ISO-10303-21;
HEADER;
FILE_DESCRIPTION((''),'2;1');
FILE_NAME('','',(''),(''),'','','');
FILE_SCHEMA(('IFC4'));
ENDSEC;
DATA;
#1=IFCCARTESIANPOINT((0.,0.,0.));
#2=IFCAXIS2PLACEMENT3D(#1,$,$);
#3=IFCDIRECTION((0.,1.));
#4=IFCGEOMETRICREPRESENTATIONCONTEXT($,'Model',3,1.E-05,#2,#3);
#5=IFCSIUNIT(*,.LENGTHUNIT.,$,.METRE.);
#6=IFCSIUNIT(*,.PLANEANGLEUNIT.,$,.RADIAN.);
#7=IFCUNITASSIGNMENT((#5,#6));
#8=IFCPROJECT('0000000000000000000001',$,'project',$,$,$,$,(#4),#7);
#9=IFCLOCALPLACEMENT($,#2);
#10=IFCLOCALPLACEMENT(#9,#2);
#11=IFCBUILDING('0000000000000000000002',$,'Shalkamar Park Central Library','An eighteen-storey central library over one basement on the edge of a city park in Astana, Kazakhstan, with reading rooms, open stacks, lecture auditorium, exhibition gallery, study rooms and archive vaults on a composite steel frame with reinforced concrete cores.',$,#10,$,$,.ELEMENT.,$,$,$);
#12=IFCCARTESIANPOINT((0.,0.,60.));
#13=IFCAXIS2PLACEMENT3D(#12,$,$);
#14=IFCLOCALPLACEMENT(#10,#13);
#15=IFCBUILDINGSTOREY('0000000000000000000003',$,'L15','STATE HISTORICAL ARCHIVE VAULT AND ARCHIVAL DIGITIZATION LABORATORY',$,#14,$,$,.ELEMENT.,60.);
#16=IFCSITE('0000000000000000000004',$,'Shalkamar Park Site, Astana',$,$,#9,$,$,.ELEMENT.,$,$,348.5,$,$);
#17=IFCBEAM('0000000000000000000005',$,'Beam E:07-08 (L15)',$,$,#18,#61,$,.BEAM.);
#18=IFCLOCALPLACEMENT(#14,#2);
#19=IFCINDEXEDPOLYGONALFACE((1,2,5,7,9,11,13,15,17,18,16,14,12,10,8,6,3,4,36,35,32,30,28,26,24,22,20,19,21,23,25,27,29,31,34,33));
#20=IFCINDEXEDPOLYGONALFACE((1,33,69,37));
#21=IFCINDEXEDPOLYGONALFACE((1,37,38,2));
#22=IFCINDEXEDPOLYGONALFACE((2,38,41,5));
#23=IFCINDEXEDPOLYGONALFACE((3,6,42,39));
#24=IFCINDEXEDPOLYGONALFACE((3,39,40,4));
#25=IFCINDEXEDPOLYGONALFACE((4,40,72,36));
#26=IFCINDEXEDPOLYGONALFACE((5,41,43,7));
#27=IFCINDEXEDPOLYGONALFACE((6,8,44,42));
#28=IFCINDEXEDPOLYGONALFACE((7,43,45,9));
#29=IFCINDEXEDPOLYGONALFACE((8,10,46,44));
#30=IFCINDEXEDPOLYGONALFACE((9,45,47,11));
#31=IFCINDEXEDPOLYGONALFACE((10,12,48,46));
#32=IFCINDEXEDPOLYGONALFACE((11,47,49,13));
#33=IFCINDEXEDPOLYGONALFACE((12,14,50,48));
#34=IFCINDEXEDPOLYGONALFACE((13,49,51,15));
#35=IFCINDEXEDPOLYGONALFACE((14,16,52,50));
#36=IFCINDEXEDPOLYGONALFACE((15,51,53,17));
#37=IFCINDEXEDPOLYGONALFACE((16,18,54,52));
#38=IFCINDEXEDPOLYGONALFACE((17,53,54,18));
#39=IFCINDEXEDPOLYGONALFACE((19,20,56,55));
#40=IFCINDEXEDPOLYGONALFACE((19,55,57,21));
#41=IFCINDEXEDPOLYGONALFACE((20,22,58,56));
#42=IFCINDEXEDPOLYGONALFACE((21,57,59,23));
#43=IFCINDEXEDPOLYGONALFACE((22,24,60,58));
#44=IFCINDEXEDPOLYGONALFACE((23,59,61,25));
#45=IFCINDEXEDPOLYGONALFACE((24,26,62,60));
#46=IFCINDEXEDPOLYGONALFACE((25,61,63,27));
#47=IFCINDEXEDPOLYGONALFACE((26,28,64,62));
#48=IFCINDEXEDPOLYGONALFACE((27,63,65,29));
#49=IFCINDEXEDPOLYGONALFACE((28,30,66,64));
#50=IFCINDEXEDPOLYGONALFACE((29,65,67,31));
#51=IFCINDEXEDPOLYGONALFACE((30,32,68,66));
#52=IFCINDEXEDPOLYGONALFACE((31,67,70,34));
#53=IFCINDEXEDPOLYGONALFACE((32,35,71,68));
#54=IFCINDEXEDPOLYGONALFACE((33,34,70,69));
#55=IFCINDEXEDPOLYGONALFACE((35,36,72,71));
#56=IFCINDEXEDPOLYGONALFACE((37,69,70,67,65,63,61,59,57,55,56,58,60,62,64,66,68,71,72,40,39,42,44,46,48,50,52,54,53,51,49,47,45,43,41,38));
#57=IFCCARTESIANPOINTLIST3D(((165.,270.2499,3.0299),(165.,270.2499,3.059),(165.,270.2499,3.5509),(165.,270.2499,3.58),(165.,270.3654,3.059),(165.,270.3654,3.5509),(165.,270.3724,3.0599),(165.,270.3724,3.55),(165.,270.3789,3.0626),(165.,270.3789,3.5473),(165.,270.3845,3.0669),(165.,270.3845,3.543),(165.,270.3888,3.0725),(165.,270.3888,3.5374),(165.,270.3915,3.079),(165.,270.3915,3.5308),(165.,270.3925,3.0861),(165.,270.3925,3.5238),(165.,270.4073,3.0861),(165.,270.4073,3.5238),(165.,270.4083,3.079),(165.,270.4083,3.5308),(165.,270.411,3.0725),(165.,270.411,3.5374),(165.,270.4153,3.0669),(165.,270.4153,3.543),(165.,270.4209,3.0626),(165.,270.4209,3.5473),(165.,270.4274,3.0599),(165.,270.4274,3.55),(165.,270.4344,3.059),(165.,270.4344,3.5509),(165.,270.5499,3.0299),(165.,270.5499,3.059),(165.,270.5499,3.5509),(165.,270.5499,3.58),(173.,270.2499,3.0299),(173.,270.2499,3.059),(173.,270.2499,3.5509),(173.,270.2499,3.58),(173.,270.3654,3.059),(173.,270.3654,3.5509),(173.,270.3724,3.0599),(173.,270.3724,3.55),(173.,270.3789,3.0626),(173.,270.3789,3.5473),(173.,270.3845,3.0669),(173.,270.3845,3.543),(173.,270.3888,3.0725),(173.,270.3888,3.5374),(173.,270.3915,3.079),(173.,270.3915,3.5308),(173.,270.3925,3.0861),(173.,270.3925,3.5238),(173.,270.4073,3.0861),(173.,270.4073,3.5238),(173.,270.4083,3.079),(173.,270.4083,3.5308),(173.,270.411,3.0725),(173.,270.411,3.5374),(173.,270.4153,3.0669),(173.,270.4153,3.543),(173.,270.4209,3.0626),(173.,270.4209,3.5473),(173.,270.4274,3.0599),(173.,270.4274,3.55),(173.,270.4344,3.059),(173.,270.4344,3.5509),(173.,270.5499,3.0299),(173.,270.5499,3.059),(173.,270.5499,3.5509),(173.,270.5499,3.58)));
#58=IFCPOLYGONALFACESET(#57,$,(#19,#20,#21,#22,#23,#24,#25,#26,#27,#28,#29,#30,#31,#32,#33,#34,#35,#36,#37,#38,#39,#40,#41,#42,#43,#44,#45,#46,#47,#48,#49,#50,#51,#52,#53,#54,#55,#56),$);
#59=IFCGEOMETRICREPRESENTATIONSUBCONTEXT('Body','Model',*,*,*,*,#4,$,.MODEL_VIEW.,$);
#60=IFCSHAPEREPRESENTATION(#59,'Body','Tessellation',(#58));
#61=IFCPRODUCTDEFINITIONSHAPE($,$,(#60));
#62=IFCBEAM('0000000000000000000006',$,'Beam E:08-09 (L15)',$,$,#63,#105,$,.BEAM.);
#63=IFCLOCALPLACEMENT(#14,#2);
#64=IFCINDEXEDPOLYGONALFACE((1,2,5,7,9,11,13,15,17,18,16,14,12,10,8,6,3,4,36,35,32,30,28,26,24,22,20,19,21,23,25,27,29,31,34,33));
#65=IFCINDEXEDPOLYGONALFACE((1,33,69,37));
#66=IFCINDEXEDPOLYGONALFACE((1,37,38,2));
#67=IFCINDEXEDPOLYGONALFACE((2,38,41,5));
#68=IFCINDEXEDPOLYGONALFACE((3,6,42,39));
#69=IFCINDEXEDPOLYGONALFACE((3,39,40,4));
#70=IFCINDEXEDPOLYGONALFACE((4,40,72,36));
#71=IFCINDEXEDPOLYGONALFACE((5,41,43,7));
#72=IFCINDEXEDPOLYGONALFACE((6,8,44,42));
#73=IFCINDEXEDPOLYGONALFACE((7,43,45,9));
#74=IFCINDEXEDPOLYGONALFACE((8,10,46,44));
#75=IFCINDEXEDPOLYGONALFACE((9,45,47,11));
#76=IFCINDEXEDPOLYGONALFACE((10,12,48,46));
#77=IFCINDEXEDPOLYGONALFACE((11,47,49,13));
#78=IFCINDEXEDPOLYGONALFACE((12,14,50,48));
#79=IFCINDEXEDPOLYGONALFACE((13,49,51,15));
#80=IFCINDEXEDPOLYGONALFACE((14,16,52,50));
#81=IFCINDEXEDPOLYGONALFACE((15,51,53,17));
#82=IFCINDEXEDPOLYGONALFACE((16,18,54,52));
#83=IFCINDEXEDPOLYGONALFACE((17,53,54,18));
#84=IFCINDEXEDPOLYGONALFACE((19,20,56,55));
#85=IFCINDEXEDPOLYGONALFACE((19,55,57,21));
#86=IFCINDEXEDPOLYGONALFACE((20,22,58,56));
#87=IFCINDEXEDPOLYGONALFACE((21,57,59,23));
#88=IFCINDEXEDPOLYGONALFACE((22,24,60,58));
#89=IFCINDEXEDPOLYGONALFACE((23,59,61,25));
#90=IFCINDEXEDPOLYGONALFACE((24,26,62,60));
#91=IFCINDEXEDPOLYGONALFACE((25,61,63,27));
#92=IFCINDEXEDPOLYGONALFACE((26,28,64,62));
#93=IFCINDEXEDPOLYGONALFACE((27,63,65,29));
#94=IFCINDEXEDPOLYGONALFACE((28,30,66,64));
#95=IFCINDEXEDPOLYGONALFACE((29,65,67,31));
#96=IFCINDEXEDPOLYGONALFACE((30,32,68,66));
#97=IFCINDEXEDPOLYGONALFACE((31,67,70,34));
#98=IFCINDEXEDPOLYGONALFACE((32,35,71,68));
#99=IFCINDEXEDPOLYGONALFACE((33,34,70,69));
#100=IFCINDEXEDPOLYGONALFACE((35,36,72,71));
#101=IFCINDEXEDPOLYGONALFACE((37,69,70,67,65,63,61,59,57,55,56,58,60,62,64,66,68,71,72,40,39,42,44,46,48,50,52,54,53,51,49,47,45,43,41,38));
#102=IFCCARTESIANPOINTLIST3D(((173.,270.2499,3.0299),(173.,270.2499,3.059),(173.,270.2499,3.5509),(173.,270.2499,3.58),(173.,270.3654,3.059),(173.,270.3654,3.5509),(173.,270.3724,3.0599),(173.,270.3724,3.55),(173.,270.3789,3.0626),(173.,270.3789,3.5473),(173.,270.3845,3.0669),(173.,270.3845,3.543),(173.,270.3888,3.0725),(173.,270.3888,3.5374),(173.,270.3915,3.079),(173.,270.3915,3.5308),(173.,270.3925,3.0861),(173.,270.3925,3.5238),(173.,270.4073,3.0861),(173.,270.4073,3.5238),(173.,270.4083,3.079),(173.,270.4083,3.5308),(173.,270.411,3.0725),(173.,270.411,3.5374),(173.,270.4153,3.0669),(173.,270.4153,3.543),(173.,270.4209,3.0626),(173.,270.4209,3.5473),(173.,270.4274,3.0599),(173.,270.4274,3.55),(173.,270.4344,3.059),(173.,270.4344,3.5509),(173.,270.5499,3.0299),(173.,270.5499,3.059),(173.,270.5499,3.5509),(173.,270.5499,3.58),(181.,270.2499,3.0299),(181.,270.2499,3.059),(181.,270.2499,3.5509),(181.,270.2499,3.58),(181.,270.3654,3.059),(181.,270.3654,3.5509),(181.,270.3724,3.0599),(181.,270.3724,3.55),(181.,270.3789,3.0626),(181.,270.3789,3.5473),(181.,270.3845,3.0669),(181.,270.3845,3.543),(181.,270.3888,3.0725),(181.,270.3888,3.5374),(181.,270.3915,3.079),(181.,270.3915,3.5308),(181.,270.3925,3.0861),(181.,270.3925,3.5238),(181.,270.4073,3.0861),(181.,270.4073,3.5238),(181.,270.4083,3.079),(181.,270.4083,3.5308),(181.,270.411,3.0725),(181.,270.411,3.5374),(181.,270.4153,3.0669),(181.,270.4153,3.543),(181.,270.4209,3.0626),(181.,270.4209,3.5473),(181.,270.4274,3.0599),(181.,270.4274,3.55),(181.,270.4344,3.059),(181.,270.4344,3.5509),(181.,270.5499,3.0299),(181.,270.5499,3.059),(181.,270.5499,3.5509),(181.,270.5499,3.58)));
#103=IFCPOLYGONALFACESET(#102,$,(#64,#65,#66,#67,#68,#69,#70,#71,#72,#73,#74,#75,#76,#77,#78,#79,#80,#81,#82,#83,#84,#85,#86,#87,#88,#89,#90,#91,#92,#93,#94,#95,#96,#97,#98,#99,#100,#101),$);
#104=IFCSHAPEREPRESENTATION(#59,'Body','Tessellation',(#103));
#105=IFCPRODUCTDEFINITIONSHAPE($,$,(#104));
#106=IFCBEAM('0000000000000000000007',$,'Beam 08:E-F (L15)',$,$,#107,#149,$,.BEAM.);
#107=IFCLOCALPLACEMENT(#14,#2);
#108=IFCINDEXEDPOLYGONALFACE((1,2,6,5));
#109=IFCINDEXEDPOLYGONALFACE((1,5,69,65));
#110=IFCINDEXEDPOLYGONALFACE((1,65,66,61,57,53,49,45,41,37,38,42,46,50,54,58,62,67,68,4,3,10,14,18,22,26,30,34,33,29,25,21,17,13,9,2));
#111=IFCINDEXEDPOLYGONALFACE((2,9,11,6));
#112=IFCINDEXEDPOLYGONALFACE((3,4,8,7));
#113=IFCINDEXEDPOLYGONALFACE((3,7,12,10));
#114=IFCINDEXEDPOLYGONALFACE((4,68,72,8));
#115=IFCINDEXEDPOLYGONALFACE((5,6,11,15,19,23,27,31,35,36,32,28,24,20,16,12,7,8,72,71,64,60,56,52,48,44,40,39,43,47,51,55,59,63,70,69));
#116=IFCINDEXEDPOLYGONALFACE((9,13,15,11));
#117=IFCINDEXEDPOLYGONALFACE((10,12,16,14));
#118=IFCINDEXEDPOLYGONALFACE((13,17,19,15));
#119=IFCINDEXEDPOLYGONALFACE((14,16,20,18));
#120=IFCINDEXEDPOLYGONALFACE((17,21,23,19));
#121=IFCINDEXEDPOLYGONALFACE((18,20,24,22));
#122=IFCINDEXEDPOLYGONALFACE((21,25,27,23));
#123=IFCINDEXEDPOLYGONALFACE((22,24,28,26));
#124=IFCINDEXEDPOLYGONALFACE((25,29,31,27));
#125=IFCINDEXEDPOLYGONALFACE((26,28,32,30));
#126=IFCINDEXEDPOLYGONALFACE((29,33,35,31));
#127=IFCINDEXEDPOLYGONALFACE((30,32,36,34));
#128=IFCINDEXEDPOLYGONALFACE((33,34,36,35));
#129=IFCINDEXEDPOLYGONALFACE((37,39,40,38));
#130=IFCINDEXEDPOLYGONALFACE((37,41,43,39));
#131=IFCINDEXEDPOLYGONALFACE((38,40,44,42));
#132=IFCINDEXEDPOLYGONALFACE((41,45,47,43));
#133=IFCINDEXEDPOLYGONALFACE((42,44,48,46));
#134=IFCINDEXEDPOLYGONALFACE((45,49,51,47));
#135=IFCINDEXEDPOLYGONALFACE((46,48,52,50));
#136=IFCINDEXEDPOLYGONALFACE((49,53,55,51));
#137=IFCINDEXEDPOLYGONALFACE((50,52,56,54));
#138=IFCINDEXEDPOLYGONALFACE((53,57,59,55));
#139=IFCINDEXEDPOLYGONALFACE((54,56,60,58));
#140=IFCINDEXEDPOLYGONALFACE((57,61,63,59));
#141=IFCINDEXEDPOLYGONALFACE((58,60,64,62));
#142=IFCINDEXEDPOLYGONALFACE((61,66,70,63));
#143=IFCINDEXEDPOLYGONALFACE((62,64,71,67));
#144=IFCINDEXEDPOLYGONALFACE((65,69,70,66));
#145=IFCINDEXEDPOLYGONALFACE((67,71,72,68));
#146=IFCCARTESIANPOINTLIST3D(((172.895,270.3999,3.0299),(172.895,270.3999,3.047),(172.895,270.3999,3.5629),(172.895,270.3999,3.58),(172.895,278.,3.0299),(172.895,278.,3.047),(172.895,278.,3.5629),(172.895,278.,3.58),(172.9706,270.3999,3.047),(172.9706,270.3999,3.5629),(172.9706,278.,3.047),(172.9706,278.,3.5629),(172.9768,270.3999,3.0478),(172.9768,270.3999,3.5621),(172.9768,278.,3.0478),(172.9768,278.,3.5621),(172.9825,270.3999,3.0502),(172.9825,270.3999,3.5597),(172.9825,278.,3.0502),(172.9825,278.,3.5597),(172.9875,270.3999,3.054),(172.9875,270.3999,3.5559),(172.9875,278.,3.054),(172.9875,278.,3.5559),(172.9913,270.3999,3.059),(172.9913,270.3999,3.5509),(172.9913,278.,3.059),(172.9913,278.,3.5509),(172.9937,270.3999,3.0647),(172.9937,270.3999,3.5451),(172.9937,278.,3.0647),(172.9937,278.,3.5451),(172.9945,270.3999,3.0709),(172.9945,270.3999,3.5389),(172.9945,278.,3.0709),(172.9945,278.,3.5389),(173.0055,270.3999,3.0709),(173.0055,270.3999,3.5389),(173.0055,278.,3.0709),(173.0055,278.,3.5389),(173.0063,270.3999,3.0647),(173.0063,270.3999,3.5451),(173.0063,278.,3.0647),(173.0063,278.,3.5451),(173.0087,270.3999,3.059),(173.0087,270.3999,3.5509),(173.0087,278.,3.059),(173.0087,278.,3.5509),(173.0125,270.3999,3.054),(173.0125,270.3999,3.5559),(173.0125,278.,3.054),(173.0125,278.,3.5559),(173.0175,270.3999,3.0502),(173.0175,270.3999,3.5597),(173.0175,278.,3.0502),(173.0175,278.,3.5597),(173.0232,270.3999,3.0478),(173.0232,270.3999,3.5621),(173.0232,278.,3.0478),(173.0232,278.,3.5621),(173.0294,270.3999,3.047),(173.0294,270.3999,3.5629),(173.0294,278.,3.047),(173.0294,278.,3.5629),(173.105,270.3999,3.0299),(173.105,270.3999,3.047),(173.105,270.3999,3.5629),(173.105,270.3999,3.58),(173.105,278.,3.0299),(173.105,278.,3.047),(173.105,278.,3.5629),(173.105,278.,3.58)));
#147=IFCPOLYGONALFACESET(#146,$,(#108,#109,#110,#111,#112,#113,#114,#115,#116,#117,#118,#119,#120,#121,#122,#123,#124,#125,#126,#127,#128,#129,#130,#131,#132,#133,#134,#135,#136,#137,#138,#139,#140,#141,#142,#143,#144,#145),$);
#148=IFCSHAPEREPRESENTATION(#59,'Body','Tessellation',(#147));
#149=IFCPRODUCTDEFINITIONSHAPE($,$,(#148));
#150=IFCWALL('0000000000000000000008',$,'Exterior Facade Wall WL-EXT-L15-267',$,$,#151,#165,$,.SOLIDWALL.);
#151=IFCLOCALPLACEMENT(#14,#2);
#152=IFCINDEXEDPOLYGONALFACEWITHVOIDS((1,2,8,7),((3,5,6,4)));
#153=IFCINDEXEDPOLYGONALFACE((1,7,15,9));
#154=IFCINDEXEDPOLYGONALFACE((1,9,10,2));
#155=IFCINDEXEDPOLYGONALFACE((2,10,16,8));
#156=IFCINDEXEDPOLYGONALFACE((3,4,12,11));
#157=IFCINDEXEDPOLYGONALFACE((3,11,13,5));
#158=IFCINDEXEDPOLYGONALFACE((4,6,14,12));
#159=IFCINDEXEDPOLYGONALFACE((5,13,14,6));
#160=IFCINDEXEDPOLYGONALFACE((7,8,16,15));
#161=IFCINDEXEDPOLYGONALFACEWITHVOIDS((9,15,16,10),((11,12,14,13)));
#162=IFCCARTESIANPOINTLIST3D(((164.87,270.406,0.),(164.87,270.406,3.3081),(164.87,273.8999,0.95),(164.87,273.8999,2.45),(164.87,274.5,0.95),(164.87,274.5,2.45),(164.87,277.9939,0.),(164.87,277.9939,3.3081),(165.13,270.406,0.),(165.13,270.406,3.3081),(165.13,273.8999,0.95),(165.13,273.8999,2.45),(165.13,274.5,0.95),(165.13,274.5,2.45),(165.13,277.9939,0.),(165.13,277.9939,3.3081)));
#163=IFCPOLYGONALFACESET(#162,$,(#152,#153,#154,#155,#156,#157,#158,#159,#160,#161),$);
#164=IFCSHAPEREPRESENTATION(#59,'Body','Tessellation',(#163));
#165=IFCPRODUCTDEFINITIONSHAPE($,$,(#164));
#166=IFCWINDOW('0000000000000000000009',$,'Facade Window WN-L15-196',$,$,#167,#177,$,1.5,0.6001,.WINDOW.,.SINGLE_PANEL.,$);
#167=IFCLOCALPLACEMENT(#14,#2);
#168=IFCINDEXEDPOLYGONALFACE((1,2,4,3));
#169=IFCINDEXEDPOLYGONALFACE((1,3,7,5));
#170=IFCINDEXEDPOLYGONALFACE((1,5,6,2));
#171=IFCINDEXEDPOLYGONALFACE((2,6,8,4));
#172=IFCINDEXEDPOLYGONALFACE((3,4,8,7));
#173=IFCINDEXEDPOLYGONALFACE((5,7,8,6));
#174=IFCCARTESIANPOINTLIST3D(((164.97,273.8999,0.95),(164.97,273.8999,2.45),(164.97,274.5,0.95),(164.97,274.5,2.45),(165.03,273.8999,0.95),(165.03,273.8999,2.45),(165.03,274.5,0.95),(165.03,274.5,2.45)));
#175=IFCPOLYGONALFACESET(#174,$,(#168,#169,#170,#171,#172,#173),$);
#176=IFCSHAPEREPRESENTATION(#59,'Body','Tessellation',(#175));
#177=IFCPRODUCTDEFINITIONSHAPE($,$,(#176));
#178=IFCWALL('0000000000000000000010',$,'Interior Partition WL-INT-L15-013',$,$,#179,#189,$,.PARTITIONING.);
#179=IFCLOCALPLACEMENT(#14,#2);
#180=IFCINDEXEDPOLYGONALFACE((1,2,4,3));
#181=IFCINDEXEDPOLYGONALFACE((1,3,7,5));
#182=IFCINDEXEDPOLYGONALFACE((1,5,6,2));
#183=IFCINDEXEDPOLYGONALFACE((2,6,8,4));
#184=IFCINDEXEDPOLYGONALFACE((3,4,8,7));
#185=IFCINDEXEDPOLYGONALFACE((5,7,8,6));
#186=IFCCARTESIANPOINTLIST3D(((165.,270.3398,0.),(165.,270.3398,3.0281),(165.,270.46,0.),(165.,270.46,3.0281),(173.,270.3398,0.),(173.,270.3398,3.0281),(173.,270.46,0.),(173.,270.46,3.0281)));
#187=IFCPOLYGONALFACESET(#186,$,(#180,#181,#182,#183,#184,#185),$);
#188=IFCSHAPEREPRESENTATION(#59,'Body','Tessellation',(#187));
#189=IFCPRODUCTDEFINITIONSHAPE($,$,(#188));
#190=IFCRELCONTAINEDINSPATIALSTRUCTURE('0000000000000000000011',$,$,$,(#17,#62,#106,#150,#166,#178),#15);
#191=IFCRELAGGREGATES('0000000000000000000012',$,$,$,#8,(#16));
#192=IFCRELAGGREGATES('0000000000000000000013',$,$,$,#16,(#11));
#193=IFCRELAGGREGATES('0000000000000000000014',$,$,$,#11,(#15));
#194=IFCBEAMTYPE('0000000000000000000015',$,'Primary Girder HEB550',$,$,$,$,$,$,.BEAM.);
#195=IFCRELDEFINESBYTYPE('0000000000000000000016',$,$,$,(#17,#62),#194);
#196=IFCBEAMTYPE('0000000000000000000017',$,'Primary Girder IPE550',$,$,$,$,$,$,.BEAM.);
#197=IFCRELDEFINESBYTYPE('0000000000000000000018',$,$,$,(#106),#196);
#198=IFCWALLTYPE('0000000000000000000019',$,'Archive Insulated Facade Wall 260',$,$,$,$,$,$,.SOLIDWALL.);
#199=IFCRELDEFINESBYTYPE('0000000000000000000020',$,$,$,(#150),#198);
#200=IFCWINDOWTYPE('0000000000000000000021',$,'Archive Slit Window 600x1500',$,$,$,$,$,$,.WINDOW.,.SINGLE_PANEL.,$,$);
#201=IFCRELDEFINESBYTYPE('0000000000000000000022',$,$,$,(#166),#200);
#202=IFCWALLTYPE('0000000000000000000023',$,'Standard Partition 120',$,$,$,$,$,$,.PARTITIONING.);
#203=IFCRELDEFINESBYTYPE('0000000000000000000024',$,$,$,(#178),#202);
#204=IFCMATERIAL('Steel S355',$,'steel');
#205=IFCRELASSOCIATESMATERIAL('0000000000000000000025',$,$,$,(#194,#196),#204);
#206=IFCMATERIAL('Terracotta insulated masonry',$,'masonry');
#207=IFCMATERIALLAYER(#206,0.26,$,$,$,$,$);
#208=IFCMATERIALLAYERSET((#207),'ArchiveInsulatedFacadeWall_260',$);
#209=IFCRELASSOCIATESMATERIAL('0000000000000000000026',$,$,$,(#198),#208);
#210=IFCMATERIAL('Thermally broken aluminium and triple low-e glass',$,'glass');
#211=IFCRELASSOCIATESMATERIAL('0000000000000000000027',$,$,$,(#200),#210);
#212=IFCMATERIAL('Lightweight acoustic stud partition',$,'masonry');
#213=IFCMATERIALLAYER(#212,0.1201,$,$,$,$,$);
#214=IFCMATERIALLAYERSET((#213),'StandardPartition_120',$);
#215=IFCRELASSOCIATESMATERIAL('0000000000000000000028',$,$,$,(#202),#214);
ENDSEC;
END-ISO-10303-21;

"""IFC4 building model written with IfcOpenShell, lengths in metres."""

from ifc_helpers import new_model, si_unit, direction, frame, frame_2d, origin, origin_2d, place, context, subcontext, project, spatial, rectangle, i_section, extrude, material, layer, layer_set, material_profile, profile_set, type_object, element, fill, save


model = new_model("IFC4")

# Units and contexts
model_context = context("Model", 3, precision=1e-05, world=origin(), true_north=direction((0.0, 1.0)))
body_context = subcontext(model_context, "Body", "Model", "MODEL_VIEW")
ifc_project = project(units=[si_unit("LENGTHUNIT", "METRE"), si_unit("PLANEANGLEUNIT", "RADIAN")], contexts=[model_context])

# Site, building, storey
site_placement = place(None, origin())
site = spatial("IfcSite", under=ifc_project, at=site_placement, Name="Shalkamar Park Site, Astana", CompositionType="ELEMENT", RefElevation=348.5)
building_placement = place(site_placement, origin())
building = spatial("IfcBuilding", under=site, at=building_placement, Name="Shalkamar Park Central Library", Description="An eighteen-storey central library over one basement on the edge of a city park in Astana, Kazakhstan, with reading rooms, open stacks, lecture auditorium, exhibition gallery, study rooms and archive vaults on a composite steel frame with reinforced concrete cores.", CompositionType="ELEMENT")
storey_placement = place(building_placement, frame((0.0, 0.0, 60.0)))
storey = spatial("IfcBuildingStorey", under=building, at=storey_placement, Name="L15", Description="STATE HISTORICAL ARCHIVE VAULT AND ARCHIVAL DIGITIZATION LABORATORY", CompositionType="ELEMENT", Elevation=60.0)

# Shared definitions
ifc_material_1 = material(Name="Steel S355", Category="steel")

# Beams
ifc_material_profile_1 = material_profile(ifc_material_1, i_section(OverallWidth=0.3, OverallDepth=0.55, WebThickness=0.0149, FlangeThickness=0.0291, FilletRadius=0.0271, at=origin_2d()), Name="HEB 550")
ifc_profile_set_1 = profile_set([ifc_material_profile_1], Name="Steel S355")
beam_type_1 = type_object("IfcBeamType", Name="Primary Girder HEB550", PredefinedType="BEAM", material=ifc_profile_set_1)
for number, where, z_axis, x_axis, name in (
    (1, (165.0, 270.3999, 3.3049), (1.0, 0.0, 0.0), (0.0, 1.0, 0.0), "Beam E:07-08 (L15)"),
    (2, (173.0, 270.3999, 3.3049), (1.0, 0.0, 0.0), (0.0, 1.0, 0.0), "Beam E:08-09 (L15)"),
):
    element("IfcBeam", number, at=place(storey_placement, frame(where, z_axis=z_axis, x_axis=x_axis)), inside=storey, type_object=beam_type_1, Name=name, PredefinedType="BEAM", context=body_context, shape_type="SweptSolid", body=[
        extrude(i_section(OverallWidth=0.3, OverallDepth=0.55, WebThickness=0.0149, FlangeThickness=0.0291, FilletRadius=0.0271, at=origin_2d()), origin(), (0.0, 0.0, 1.0), 8.0),
    ])
ifc_material_profile_2 = material_profile(ifc_material_1, i_section(OverallWidth=0.21, OverallDepth=0.55, WebThickness=0.011, FlangeThickness=0.0171, FilletRadius=0.0239, at=origin_2d()), Name="IPE 550")
ifc_profile_set_2 = profile_set([ifc_material_profile_2], Name="Steel S355")
beam_type_2 = type_object("IfcBeamType", Name="Primary Girder IPE550", PredefinedType="BEAM", material=ifc_profile_set_2)
beam_1_placement = place(storey_placement, frame((173.0, 270.3999, 3.3049), z_axis=(0.0, 1.0, 0.0), x_axis=(-1.0, 0.0, 0.0)))
element("IfcBeam", 3, at=beam_1_placement, inside=storey, type_object=beam_type_2, Name="Beam 08:E-F (L15)", PredefinedType="BEAM", context=body_context, shape_type="SweptSolid", body=[
    extrude(i_section(OverallWidth=0.21, OverallDepth=0.55, WebThickness=0.011, FlangeThickness=0.0171, FilletRadius=0.0239, at=origin_2d()), origin(), (0.0, 0.0, 1.0), 7.6001),
])

# Wall, opening, window
ifc_material_2 = material(Name="Terracotta insulated masonry", Category="masonry")
ifc_layer_1 = layer(ifc_material_2, 0.26)
ifc_layer_set_1 = layer_set([ifc_layer_1], Name="ArchiveInsulatedFacadeWall_260")
wall_type_1 = type_object("IfcWallType", Name="Archive Insulated Facade Wall 260", PredefinedType="SOLIDWALL", material=ifc_layer_set_1)
wall_1_placement = place(storey_placement, frame((165.0, 270.406, 0.0), z_axis=(0.0, 0.0, 1.0), x_axis=(0.0, 1.0, 0.0)))
wall_1 = element("IfcWall", 4, at=wall_1_placement, inside=storey, type_object=wall_type_1, Name="Exterior Facade Wall WL-EXT-L15-267", PredefinedType="SOLIDWALL", context=body_context, shape_type="SweptSolid", body=[
    extrude(rectangle(XDim=7.5879, YDim=0.26, at=frame_2d((3.7939, 0.0))), origin(), (0.0, 0.0, 1.0), 3.3081),
])
opening_placement = place(wall_1_placement, frame((3.4939, 0.0, 0.95)))
opening = element("IfcOpeningElement", 5, at=opening_placement, cuts=wall_1, PredefinedType="OPENING", context=body_context, shape_type="SweptSolid", body=[
    extrude(rectangle(XDim=0.6001, YDim=1.5, at=frame_2d((0.3, 0.75))), frame((0.0, 0.145, 0.0), z_axis=(0.0, -1.0, 0.0), x_axis=(1.0, 0.0, 0.0)), (0.0, 0.0, 1.0), 0.2898),
])
ifc_material_3 = material(Name="Thermally broken aluminium and triple low-e glass", Category="glass")
window_type = type_object("IfcWindowType", Name="Archive Slit Window 600x1500", PartitioningType="SINGLE_PANEL", PredefinedType="WINDOW", material=ifc_material_3)
window_placement = place(opening_placement, origin())
window = element("IfcWindow", 6, at=window_placement, inside=storey, type_object=window_type, Name="Facade Window WN-L15-196", OverallHeight=1.5, OverallWidth=0.6001, PartitioningType="SINGLE_PANEL", PredefinedType="WINDOW", context=body_context, shape_type="SweptSolid", body=[
    extrude(rectangle(XDim=0.6001, YDim=1.5, at=frame_2d((0.3, 0.75))), frame((0.0, 0.03, 0.0), z_axis=(0.0, -1.0, 0.0), x_axis=(1.0, 0.0, 0.0)), (0.0, 0.0, 1.0), 0.0601),
])
fill(opening, window)

# Wall
ifc_material_4 = material(Name="Lightweight acoustic stud partition", Category="masonry")
ifc_layer_2 = layer(ifc_material_4, 0.1201)
ifc_layer_set_2 = layer_set([ifc_layer_2], Name="StandardPartition_120")
wall_type_2 = type_object("IfcWallType", Name="Standard Partition 120", PredefinedType="PARTITIONING", material=ifc_layer_set_2)
wall_2_placement = place(storey_placement, frame((165.0, 270.3999, 0.0), z_axis=(0.0, 0.0, 1.0), x_axis=(1.0, 0.0, 0.0)))
element("IfcWall", 7, at=wall_2_placement, inside=storey, type_object=wall_type_2, Name="Interior Partition WL-INT-L15-013", PredefinedType="PARTITIONING", context=body_context, shape_type="SweptSolid", body=[
    extrude(rectangle(XDim=8.0, YDim=0.1201, at=frame_2d((4.0, 0.0))), origin(), (0.0, 0.0, 1.0), 3.0281),
])

save(model, "model.ifc")
